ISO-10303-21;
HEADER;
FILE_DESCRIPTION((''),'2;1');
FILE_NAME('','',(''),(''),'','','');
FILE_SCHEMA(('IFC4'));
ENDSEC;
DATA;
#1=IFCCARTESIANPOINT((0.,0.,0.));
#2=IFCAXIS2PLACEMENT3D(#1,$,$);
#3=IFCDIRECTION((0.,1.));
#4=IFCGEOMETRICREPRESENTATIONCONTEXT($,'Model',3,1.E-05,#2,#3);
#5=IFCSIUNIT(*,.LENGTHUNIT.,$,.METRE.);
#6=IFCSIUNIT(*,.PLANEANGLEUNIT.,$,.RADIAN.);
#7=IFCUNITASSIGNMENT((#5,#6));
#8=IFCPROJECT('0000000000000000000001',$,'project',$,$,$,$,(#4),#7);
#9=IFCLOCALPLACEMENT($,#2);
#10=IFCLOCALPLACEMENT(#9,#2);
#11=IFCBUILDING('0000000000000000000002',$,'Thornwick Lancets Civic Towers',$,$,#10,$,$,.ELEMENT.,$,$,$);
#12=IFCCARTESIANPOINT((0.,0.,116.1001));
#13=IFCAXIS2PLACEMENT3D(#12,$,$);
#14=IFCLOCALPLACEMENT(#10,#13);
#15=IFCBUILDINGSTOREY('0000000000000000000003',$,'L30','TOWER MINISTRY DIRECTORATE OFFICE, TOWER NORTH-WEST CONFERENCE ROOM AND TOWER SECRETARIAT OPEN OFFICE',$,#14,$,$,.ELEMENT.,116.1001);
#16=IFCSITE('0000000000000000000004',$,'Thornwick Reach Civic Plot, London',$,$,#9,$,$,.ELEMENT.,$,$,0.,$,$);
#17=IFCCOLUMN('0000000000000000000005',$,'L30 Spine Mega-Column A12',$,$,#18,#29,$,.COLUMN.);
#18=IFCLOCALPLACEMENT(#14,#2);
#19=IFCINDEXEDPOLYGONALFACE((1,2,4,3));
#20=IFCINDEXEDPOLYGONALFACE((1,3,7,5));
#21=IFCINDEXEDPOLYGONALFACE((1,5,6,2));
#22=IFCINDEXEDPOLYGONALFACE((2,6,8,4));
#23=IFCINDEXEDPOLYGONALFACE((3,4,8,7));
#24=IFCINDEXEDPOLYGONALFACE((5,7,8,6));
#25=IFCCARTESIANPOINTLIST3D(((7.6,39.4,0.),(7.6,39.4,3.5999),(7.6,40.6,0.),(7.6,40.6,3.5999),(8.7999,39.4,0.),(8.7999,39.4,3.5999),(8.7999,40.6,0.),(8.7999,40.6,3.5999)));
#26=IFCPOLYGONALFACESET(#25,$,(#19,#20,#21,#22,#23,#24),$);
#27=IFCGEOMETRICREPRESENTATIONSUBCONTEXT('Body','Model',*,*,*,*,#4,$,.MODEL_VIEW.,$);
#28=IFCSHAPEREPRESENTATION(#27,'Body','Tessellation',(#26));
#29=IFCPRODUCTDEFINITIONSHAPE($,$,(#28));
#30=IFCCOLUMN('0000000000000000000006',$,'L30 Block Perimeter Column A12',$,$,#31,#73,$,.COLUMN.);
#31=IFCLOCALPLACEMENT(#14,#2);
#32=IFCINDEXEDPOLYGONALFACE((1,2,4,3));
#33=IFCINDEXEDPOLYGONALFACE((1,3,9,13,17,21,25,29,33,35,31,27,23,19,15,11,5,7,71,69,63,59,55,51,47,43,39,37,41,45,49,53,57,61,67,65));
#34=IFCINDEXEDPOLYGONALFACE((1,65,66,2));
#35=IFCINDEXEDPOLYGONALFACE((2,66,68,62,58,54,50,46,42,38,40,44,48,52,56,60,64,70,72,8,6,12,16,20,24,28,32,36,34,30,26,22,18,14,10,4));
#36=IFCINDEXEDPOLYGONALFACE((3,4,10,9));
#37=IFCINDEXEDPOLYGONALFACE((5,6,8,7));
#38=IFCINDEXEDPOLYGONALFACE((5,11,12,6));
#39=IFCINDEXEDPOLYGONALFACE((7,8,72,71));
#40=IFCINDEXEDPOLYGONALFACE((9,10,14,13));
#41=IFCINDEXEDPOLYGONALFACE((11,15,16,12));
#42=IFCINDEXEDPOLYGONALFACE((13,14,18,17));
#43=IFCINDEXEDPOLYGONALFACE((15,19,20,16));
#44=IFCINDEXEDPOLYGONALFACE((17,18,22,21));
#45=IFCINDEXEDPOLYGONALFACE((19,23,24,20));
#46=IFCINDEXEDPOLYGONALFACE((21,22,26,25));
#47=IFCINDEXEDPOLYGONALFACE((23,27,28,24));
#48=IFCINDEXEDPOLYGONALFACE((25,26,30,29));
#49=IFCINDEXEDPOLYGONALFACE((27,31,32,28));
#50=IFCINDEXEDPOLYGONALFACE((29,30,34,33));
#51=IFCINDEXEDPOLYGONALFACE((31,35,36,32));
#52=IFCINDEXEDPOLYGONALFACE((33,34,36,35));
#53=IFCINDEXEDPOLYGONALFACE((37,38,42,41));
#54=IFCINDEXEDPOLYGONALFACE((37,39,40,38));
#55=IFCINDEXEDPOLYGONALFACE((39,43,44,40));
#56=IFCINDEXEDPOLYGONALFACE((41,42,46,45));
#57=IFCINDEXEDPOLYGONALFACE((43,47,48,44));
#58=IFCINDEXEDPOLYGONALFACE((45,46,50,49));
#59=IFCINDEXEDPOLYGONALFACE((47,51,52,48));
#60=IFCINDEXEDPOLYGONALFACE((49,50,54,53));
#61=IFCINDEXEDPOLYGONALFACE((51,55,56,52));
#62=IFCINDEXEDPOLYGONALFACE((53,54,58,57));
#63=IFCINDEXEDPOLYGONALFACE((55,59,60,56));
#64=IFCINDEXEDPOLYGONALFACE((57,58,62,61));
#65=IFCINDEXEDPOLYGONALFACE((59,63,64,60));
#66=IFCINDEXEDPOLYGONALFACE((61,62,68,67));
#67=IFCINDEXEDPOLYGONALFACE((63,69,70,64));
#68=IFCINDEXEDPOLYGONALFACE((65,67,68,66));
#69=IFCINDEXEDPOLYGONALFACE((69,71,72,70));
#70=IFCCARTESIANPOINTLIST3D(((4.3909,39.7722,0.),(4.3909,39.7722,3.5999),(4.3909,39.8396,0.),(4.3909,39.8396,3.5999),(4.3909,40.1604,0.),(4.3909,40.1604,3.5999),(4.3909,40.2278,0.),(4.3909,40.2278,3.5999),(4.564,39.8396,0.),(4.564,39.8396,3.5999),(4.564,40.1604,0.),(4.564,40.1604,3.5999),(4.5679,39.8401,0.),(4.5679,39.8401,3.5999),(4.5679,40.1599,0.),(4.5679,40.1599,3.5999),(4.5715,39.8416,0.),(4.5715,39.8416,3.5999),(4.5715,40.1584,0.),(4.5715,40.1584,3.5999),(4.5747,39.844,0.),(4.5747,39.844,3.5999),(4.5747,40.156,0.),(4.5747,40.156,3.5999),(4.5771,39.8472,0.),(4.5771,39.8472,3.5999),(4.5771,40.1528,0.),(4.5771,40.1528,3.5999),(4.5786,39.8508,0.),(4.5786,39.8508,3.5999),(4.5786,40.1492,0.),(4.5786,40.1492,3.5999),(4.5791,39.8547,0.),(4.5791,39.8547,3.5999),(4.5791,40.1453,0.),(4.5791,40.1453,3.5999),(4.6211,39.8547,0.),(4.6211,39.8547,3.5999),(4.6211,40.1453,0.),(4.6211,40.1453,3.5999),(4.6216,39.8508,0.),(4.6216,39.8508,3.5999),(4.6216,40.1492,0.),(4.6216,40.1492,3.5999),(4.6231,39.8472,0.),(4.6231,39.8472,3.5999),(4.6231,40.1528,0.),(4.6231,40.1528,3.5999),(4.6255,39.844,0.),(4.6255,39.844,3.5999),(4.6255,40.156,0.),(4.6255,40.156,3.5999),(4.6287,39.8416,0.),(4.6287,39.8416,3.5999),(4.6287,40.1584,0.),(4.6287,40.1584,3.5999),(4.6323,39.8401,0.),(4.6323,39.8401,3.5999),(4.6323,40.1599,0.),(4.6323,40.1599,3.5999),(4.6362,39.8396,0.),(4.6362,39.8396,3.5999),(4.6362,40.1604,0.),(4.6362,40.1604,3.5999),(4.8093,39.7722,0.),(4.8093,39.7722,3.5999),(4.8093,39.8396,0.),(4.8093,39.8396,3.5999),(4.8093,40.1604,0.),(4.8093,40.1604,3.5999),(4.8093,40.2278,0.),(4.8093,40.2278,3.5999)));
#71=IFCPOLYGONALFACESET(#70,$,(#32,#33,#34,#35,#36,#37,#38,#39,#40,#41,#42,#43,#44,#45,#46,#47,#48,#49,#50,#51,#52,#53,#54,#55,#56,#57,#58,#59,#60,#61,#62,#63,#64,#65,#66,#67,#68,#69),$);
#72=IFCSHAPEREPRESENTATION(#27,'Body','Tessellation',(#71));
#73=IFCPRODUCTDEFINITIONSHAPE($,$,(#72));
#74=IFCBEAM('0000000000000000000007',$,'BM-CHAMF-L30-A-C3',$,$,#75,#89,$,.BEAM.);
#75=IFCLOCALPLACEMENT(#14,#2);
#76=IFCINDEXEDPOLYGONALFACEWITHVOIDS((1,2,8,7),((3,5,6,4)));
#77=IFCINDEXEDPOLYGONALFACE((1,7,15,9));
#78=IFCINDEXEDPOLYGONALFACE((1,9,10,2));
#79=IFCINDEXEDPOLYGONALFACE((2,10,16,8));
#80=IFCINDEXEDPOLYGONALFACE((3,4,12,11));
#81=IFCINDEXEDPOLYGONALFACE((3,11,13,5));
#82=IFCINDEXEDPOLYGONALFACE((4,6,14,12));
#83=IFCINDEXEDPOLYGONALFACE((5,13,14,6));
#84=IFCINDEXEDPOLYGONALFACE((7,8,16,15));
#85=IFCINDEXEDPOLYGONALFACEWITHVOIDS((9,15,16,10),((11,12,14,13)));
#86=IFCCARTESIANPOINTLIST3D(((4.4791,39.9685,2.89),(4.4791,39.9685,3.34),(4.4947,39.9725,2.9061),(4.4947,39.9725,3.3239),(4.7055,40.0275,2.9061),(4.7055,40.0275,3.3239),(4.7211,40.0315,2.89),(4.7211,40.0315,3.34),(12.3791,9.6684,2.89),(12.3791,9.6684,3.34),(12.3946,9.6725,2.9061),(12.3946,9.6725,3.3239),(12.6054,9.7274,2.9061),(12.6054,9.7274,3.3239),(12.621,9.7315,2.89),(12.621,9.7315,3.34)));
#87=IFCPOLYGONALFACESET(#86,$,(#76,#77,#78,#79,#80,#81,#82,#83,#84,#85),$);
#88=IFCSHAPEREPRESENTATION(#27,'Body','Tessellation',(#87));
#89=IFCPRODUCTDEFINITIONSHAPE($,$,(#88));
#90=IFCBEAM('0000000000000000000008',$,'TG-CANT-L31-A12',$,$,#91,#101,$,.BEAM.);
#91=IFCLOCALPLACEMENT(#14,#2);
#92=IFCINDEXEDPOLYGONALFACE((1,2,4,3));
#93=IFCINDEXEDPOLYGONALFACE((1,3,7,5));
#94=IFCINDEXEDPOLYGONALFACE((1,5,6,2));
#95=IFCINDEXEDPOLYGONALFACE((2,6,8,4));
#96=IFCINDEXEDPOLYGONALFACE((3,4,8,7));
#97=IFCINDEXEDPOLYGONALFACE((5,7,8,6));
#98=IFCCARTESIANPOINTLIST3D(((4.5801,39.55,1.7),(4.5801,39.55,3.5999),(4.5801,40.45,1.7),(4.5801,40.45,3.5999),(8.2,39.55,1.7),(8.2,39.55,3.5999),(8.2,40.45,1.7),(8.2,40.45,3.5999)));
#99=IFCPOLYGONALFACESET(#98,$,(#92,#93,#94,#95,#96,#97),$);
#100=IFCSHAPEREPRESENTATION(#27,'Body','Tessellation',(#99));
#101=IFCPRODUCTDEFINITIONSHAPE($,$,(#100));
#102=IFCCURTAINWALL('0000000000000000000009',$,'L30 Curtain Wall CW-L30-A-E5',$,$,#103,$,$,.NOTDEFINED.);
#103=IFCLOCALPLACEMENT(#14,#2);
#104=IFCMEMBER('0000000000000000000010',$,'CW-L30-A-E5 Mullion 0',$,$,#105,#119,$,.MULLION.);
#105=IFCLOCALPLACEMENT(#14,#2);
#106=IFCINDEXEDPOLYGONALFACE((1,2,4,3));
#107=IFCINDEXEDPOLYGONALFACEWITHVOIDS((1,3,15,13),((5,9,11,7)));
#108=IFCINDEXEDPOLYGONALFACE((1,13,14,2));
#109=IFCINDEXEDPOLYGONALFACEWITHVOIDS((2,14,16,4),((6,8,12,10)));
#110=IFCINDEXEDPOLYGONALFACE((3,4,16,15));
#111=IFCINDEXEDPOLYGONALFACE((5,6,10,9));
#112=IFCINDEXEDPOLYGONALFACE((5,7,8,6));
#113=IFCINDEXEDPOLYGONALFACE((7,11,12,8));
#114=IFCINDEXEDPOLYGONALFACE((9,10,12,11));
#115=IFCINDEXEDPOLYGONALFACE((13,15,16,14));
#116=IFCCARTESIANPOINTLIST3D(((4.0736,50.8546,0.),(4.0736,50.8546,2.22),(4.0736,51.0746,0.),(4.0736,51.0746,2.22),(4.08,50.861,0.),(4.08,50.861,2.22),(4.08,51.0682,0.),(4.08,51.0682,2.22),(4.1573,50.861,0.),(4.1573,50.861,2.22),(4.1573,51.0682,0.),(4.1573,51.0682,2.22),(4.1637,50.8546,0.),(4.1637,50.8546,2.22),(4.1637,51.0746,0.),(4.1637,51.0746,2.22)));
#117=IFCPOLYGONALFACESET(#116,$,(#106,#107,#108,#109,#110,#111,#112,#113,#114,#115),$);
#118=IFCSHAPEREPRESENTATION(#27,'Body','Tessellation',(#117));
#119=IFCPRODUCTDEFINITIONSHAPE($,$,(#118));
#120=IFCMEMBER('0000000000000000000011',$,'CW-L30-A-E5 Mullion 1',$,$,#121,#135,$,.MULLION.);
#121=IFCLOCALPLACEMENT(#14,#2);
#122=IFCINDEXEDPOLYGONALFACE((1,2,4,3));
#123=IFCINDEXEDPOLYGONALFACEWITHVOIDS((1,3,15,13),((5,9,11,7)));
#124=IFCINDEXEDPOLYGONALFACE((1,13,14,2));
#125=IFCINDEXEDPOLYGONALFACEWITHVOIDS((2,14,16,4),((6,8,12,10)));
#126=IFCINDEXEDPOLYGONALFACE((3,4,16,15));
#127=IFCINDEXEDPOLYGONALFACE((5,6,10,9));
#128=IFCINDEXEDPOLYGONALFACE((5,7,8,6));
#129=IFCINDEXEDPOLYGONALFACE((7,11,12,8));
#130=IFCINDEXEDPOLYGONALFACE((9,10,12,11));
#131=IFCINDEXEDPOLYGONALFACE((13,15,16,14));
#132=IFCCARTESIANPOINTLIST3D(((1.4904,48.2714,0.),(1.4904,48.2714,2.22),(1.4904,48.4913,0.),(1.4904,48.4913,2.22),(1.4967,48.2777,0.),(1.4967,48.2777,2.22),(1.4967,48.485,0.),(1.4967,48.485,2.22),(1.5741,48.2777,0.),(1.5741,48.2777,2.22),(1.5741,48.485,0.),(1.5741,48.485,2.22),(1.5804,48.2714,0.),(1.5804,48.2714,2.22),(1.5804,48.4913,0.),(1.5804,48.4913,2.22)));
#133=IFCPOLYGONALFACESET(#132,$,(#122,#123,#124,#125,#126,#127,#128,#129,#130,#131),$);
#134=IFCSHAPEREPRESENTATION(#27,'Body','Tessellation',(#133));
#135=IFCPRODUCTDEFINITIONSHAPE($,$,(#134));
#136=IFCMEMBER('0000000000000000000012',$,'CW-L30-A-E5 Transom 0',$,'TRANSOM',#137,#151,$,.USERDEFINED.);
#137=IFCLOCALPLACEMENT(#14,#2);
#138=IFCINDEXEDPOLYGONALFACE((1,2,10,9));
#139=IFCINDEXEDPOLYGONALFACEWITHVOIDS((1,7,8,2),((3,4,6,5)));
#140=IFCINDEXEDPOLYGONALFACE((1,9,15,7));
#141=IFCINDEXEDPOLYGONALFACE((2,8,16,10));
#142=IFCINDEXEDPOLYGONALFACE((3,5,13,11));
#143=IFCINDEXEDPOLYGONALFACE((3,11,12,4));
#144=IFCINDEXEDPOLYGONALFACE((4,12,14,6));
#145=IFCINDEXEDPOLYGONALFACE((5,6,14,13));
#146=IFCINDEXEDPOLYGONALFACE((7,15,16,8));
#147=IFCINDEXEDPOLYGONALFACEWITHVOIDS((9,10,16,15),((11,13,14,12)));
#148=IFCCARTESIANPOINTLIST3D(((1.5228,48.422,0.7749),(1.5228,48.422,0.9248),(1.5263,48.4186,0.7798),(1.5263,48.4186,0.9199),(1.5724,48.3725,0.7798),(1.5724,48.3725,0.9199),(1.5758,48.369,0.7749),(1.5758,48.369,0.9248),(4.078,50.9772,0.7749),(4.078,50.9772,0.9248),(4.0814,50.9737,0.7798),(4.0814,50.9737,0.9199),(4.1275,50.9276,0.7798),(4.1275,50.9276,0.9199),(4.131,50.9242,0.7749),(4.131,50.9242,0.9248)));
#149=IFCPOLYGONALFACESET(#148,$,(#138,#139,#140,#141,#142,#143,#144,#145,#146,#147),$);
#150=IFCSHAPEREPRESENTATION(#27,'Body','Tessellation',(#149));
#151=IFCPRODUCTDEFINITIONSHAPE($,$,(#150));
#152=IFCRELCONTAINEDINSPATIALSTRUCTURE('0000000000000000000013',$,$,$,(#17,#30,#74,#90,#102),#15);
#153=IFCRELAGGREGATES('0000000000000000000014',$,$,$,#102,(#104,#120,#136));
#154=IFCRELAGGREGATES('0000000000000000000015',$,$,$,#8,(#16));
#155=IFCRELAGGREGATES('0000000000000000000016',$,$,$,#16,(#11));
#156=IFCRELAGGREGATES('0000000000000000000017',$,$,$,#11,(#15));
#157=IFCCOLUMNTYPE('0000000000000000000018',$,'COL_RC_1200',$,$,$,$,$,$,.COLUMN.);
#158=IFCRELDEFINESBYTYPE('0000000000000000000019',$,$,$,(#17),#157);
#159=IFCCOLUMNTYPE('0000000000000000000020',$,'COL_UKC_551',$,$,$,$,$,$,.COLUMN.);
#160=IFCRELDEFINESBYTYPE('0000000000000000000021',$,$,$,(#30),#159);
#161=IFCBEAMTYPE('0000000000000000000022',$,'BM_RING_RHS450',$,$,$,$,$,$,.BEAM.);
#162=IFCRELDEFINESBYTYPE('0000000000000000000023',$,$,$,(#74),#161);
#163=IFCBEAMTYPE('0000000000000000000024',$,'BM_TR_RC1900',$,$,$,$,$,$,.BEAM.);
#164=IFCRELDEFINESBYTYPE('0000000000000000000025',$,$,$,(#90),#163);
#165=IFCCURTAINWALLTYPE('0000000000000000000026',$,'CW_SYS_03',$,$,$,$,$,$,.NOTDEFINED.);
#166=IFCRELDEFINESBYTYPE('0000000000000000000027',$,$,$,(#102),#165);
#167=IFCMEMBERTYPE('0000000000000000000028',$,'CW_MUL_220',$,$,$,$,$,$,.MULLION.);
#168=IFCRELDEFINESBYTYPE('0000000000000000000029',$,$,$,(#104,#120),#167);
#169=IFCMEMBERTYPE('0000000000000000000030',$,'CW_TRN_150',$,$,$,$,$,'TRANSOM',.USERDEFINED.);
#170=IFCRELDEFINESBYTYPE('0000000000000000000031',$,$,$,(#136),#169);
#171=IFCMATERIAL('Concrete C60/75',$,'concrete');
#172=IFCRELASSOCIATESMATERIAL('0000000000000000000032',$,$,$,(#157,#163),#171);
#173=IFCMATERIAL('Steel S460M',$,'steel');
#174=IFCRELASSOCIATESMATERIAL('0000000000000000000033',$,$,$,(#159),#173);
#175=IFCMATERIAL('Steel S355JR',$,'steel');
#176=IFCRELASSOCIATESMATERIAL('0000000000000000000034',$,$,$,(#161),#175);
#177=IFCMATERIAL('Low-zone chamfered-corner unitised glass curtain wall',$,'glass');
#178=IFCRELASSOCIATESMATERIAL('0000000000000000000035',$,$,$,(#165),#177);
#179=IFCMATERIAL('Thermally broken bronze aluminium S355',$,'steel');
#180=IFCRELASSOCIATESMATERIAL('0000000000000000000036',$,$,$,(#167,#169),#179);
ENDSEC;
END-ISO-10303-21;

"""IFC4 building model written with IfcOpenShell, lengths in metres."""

from ifc_helpers import new_model, si_unit, direction, frame, origin, origin_2d, place, context, subcontext, project, spatial, rectangle, hollow_rectangle, i_section, extrude, material, material_profile, profile_set, type_object, element, aggregate, save


model = new_model("IFC4")

# Units and contexts
model_context = context("Model", 3, precision=1e-05, world=origin(), true_north=direction((0.0, 1.0)))
body_context = subcontext(model_context, "Body", "Model", "MODEL_VIEW")
ifc_project = project(units=[si_unit("LENGTHUNIT", "METRE"), si_unit("PLANEANGLEUNIT", "RADIAN")], contexts=[model_context])

# Site, building, storey
site_placement = place(None, origin())
site = spatial("IfcSite", under=ifc_project, at=site_placement, Name="Thornwick Reach Civic Plot, London", CompositionType="ELEMENT", RefElevation=0.0)
building_placement = place(site_placement, origin())
building = spatial("IfcBuilding", under=site, at=building_placement, Name="Thornwick Lancets Civic Towers", CompositionType="ELEMENT")
storey_placement = place(building_placement, frame((0.0, 0.0, 116.1001)))
storey = spatial("IfcBuildingStorey", under=building, at=storey_placement, Name="L30", Description="TOWER MINISTRY DIRECTORATE OFFICE, TOWER NORTH-WEST CONFERENCE ROOM AND TOWER SECRETARIAT OPEN OFFICE", CompositionType="ELEMENT", Elevation=116.1001)

# Columns
ifc_material_1 = material(Name="Concrete C60/75", Category="concrete")
ifc_material_profile_1 = material_profile(ifc_material_1, rectangle(XDim=1.2, YDim=1.2, at=origin_2d()), Name="RC 1200x1200")
ifc_profile_set_1 = profile_set([ifc_material_profile_1], Name="Concrete C60/75")
column_type_1 = type_object("IfcColumnType", Name="COL_RC_1200", PredefinedType="COLUMN", material=ifc_profile_set_1)
column_1_placement = place(storey_placement, frame((8.2, 40.0, 0.0), z_axis=(0.0, 0.0, 1.0), x_axis=(1.0, 0.0, 0.0)))
element("IfcColumn", 1, at=column_1_placement, inside=storey, type_object=column_type_1, Name="L30 Spine Mega-Column A12", PredefinedType="COLUMN", context=body_context, shape_type="SweptSolid", body=[
    extrude(rectangle(XDim=1.2, YDim=1.2, at=origin_2d()), origin(), (0.0, 0.0, 1.0), 3.5999),
])
ifc_material_2 = material(Name="Steel S460M", Category="steel")
ifc_material_profile_2 = material_profile(ifc_material_2, i_section(OverallWidth=0.4185, OverallDepth=0.4556, WebThickness=0.042, FlangeThickness=0.0674, FilletRadius=0.0151, at=origin_2d()), Name="UKC 356x406x551")
ifc_profile_set_2 = profile_set([ifc_material_profile_2], Name="Steel S460M")
column_type_2 = type_object("IfcColumnType", Name="COL_UKC_551", PredefinedType="COLUMN", material=ifc_profile_set_2)
column_2_placement = place(storey_placement, frame((4.6001, 40.0, 0.0), z_axis=(0.0, 0.0, 1.0), x_axis=(1.0, 0.0, 0.0)))
element("IfcColumn", 2, at=column_2_placement, inside=storey, type_object=column_type_2, Name="L30 Block Perimeter Column A12", PredefinedType="COLUMN", context=body_context, shape_type="SweptSolid", body=[
    extrude(i_section(OverallWidth=0.4185, OverallDepth=0.4556, WebThickness=0.042, FlangeThickness=0.0674, FilletRadius=0.0151, at=origin_2d()), origin(), (0.0, 0.0, 1.0), 3.5999),
])

# Beams
ifc_material_3 = material(Name="Steel S355JR", Category="steel")
ifc_material_profile_3 = material_profile(ifc_material_3, hollow_rectangle(XDim=0.25, YDim=0.45, WallThickness=0.0161, at=origin_2d()), Name="RHS 450x250x16")
ifc_profile_set_3 = profile_set([ifc_material_profile_3], Name="Steel S355JR")
beam_type_1 = type_object("IfcBeamType", Name="BM_RING_RHS450", PredefinedType="BEAM", material=ifc_profile_set_3)
beam_1_placement = place(storey_placement, frame((4.6001, 40.0, 3.115), z_axis=(0.252289, -0.967652, 0.0), x_axis=(0.967652, 0.252289, 0.0)))
element("IfcBeam", 3, at=beam_1_placement, inside=storey, type_object=beam_type_1, Name="BM-CHAMF-L30-A-C3", PredefinedType="BEAM", context=body_context, shape_type="SweptSolid", body=[
    extrude(hollow_rectangle(XDim=0.25, YDim=0.45, WallThickness=0.0161, at=origin_2d()), origin(), (0.0, 0.0, 1.0), 31.313),
])
ifc_material_profile_4 = material_profile(ifc_material_1, rectangle(XDim=0.8999, YDim=1.8999, at=origin_2d()), Name="RC 900x1900")
ifc_profile_set_4 = profile_set([ifc_material_profile_4], Name="Concrete C60/75")
beam_type_2 = type_object("IfcBeamType", Name="BM_TR_RC1900", PredefinedType="BEAM", material=ifc_profile_set_4)
beam_2_placement = place(storey_placement, frame((8.2, 40.0, 2.6499), z_axis=(-1.0, 0.0, 0.0), x_axis=(0.0, -1.0, 0.0)))
element("IfcBeam", 4, at=beam_2_placement, inside=storey, type_object=beam_type_2, Name="TG-CANT-L31-A12", PredefinedType="BEAM", context=body_context, shape_type="SweptSolid", body=[
    extrude(rectangle(XDim=0.8999, YDim=1.8999, at=origin_2d()), origin(), (0.0, 0.0, 1.0), 3.6199),
])

# Curtain wall, members
ifc_material_4 = material(Name="Low-zone chamfered-corner unitised glass curtain wall", Category="glass")
curtain_wall_type = type_object("IfcCurtainWallType", Name="CW_SYS_03", PredefinedType="NOTDEFINED", material=ifc_material_4)
curtain_wall_placement = place(storey_placement, origin())
curtain_wall = element("IfcCurtainWall", 5, at=curtain_wall_placement, inside=storey, type_object=curtain_wall_type, Name="L30 Curtain Wall CW-L30-A-E5", PredefinedType="NOTDEFINED")
ifc_material_5 = material(Name="Thermally broken bronze aluminium S355", Category="steel")
ifc_material_profile_5 = material_profile(ifc_material_5, hollow_rectangle(XDim=0.0901, YDim=0.22, WallThickness=0.0063, at=origin_2d()), Name="RHS 220x90x6.3")
ifc_profile_set_5 = profile_set([ifc_material_profile_5], Name="Thermally broken bronze aluminium S355")
member_type_1 = type_object("IfcMemberType", Name="CW_MUL_220", PredefinedType="MULLION", material=ifc_profile_set_5)
member_1_placement = place(storey_placement, frame((4.1187, 50.9646, 0.0), z_axis=(0.0, 0.0, 1.0), x_axis=(1.0, 0.0, 0.0)))
member_1 = element("IfcMember", 6, at=member_1_placement, type_object=member_type_1, Name="CW-L30-A-E5 Mullion 0", PredefinedType="MULLION", context=body_context, shape_type="SweptSolid", body=[
    extrude(hollow_rectangle(XDim=0.0901, YDim=0.22, WallThickness=0.0063, at=origin_2d()), origin(), (0.0, 0.0, 1.0), 2.22),
])
member_2_placement = place(storey_placement, frame((1.5354, 48.3813, 0.0), z_axis=(0.0, 0.0, 1.0), x_axis=(1.0, 0.0, 0.0)))
member_2 = element("IfcMember", 7, at=member_2_placement, type_object=member_type_1, Name="CW-L30-A-E5 Mullion 1", PredefinedType="MULLION", context=body_context, shape_type="SweptSolid", body=[
    extrude(hollow_rectangle(XDim=0.0901, YDim=0.22, WallThickness=0.0063, at=origin_2d()), origin(), (0.0, 0.0, 1.0), 2.22),
])
ifc_material_profile_6 = material_profile(ifc_material_5, hollow_rectangle(XDim=0.075, YDim=0.1499, WallThickness=0.0049, at=origin_2d()), Name="RHS 150x75x5")
ifc_profile_set_6 = profile_set([ifc_material_profile_6], Name="Thermally broken bronze aluminium S355")
member_type_2 = type_object("IfcMemberType", Name="CW_TRN_150", ElementType="TRANSOM", PredefinedType="USERDEFINED", material=ifc_profile_set_6)
member_3_placement = place(storey_placement, frame((4.1045, 50.9507, 0.8499), z_axis=(-0.707107, -0.707107, 0.0), x_axis=(0.707107, -0.707107, 0.0)))
member_3 = element("IfcMember", 8, at=member_3_placement, type_object=member_type_2, Name="CW-L30-A-E5 Transom 0", ObjectType="TRANSOM", PredefinedType="USERDEFINED", context=body_context, shape_type="SweptSolid", body=[
    extrude(hollow_rectangle(XDim=0.075, YDim=0.1499, WallThickness=0.0049, at=origin_2d()), origin(), (0.0, 0.0, 1.0), 3.6135),
])

aggregate(curtain_wall, [member_1, member_2, member_3])

save(model, "model.ifc")
